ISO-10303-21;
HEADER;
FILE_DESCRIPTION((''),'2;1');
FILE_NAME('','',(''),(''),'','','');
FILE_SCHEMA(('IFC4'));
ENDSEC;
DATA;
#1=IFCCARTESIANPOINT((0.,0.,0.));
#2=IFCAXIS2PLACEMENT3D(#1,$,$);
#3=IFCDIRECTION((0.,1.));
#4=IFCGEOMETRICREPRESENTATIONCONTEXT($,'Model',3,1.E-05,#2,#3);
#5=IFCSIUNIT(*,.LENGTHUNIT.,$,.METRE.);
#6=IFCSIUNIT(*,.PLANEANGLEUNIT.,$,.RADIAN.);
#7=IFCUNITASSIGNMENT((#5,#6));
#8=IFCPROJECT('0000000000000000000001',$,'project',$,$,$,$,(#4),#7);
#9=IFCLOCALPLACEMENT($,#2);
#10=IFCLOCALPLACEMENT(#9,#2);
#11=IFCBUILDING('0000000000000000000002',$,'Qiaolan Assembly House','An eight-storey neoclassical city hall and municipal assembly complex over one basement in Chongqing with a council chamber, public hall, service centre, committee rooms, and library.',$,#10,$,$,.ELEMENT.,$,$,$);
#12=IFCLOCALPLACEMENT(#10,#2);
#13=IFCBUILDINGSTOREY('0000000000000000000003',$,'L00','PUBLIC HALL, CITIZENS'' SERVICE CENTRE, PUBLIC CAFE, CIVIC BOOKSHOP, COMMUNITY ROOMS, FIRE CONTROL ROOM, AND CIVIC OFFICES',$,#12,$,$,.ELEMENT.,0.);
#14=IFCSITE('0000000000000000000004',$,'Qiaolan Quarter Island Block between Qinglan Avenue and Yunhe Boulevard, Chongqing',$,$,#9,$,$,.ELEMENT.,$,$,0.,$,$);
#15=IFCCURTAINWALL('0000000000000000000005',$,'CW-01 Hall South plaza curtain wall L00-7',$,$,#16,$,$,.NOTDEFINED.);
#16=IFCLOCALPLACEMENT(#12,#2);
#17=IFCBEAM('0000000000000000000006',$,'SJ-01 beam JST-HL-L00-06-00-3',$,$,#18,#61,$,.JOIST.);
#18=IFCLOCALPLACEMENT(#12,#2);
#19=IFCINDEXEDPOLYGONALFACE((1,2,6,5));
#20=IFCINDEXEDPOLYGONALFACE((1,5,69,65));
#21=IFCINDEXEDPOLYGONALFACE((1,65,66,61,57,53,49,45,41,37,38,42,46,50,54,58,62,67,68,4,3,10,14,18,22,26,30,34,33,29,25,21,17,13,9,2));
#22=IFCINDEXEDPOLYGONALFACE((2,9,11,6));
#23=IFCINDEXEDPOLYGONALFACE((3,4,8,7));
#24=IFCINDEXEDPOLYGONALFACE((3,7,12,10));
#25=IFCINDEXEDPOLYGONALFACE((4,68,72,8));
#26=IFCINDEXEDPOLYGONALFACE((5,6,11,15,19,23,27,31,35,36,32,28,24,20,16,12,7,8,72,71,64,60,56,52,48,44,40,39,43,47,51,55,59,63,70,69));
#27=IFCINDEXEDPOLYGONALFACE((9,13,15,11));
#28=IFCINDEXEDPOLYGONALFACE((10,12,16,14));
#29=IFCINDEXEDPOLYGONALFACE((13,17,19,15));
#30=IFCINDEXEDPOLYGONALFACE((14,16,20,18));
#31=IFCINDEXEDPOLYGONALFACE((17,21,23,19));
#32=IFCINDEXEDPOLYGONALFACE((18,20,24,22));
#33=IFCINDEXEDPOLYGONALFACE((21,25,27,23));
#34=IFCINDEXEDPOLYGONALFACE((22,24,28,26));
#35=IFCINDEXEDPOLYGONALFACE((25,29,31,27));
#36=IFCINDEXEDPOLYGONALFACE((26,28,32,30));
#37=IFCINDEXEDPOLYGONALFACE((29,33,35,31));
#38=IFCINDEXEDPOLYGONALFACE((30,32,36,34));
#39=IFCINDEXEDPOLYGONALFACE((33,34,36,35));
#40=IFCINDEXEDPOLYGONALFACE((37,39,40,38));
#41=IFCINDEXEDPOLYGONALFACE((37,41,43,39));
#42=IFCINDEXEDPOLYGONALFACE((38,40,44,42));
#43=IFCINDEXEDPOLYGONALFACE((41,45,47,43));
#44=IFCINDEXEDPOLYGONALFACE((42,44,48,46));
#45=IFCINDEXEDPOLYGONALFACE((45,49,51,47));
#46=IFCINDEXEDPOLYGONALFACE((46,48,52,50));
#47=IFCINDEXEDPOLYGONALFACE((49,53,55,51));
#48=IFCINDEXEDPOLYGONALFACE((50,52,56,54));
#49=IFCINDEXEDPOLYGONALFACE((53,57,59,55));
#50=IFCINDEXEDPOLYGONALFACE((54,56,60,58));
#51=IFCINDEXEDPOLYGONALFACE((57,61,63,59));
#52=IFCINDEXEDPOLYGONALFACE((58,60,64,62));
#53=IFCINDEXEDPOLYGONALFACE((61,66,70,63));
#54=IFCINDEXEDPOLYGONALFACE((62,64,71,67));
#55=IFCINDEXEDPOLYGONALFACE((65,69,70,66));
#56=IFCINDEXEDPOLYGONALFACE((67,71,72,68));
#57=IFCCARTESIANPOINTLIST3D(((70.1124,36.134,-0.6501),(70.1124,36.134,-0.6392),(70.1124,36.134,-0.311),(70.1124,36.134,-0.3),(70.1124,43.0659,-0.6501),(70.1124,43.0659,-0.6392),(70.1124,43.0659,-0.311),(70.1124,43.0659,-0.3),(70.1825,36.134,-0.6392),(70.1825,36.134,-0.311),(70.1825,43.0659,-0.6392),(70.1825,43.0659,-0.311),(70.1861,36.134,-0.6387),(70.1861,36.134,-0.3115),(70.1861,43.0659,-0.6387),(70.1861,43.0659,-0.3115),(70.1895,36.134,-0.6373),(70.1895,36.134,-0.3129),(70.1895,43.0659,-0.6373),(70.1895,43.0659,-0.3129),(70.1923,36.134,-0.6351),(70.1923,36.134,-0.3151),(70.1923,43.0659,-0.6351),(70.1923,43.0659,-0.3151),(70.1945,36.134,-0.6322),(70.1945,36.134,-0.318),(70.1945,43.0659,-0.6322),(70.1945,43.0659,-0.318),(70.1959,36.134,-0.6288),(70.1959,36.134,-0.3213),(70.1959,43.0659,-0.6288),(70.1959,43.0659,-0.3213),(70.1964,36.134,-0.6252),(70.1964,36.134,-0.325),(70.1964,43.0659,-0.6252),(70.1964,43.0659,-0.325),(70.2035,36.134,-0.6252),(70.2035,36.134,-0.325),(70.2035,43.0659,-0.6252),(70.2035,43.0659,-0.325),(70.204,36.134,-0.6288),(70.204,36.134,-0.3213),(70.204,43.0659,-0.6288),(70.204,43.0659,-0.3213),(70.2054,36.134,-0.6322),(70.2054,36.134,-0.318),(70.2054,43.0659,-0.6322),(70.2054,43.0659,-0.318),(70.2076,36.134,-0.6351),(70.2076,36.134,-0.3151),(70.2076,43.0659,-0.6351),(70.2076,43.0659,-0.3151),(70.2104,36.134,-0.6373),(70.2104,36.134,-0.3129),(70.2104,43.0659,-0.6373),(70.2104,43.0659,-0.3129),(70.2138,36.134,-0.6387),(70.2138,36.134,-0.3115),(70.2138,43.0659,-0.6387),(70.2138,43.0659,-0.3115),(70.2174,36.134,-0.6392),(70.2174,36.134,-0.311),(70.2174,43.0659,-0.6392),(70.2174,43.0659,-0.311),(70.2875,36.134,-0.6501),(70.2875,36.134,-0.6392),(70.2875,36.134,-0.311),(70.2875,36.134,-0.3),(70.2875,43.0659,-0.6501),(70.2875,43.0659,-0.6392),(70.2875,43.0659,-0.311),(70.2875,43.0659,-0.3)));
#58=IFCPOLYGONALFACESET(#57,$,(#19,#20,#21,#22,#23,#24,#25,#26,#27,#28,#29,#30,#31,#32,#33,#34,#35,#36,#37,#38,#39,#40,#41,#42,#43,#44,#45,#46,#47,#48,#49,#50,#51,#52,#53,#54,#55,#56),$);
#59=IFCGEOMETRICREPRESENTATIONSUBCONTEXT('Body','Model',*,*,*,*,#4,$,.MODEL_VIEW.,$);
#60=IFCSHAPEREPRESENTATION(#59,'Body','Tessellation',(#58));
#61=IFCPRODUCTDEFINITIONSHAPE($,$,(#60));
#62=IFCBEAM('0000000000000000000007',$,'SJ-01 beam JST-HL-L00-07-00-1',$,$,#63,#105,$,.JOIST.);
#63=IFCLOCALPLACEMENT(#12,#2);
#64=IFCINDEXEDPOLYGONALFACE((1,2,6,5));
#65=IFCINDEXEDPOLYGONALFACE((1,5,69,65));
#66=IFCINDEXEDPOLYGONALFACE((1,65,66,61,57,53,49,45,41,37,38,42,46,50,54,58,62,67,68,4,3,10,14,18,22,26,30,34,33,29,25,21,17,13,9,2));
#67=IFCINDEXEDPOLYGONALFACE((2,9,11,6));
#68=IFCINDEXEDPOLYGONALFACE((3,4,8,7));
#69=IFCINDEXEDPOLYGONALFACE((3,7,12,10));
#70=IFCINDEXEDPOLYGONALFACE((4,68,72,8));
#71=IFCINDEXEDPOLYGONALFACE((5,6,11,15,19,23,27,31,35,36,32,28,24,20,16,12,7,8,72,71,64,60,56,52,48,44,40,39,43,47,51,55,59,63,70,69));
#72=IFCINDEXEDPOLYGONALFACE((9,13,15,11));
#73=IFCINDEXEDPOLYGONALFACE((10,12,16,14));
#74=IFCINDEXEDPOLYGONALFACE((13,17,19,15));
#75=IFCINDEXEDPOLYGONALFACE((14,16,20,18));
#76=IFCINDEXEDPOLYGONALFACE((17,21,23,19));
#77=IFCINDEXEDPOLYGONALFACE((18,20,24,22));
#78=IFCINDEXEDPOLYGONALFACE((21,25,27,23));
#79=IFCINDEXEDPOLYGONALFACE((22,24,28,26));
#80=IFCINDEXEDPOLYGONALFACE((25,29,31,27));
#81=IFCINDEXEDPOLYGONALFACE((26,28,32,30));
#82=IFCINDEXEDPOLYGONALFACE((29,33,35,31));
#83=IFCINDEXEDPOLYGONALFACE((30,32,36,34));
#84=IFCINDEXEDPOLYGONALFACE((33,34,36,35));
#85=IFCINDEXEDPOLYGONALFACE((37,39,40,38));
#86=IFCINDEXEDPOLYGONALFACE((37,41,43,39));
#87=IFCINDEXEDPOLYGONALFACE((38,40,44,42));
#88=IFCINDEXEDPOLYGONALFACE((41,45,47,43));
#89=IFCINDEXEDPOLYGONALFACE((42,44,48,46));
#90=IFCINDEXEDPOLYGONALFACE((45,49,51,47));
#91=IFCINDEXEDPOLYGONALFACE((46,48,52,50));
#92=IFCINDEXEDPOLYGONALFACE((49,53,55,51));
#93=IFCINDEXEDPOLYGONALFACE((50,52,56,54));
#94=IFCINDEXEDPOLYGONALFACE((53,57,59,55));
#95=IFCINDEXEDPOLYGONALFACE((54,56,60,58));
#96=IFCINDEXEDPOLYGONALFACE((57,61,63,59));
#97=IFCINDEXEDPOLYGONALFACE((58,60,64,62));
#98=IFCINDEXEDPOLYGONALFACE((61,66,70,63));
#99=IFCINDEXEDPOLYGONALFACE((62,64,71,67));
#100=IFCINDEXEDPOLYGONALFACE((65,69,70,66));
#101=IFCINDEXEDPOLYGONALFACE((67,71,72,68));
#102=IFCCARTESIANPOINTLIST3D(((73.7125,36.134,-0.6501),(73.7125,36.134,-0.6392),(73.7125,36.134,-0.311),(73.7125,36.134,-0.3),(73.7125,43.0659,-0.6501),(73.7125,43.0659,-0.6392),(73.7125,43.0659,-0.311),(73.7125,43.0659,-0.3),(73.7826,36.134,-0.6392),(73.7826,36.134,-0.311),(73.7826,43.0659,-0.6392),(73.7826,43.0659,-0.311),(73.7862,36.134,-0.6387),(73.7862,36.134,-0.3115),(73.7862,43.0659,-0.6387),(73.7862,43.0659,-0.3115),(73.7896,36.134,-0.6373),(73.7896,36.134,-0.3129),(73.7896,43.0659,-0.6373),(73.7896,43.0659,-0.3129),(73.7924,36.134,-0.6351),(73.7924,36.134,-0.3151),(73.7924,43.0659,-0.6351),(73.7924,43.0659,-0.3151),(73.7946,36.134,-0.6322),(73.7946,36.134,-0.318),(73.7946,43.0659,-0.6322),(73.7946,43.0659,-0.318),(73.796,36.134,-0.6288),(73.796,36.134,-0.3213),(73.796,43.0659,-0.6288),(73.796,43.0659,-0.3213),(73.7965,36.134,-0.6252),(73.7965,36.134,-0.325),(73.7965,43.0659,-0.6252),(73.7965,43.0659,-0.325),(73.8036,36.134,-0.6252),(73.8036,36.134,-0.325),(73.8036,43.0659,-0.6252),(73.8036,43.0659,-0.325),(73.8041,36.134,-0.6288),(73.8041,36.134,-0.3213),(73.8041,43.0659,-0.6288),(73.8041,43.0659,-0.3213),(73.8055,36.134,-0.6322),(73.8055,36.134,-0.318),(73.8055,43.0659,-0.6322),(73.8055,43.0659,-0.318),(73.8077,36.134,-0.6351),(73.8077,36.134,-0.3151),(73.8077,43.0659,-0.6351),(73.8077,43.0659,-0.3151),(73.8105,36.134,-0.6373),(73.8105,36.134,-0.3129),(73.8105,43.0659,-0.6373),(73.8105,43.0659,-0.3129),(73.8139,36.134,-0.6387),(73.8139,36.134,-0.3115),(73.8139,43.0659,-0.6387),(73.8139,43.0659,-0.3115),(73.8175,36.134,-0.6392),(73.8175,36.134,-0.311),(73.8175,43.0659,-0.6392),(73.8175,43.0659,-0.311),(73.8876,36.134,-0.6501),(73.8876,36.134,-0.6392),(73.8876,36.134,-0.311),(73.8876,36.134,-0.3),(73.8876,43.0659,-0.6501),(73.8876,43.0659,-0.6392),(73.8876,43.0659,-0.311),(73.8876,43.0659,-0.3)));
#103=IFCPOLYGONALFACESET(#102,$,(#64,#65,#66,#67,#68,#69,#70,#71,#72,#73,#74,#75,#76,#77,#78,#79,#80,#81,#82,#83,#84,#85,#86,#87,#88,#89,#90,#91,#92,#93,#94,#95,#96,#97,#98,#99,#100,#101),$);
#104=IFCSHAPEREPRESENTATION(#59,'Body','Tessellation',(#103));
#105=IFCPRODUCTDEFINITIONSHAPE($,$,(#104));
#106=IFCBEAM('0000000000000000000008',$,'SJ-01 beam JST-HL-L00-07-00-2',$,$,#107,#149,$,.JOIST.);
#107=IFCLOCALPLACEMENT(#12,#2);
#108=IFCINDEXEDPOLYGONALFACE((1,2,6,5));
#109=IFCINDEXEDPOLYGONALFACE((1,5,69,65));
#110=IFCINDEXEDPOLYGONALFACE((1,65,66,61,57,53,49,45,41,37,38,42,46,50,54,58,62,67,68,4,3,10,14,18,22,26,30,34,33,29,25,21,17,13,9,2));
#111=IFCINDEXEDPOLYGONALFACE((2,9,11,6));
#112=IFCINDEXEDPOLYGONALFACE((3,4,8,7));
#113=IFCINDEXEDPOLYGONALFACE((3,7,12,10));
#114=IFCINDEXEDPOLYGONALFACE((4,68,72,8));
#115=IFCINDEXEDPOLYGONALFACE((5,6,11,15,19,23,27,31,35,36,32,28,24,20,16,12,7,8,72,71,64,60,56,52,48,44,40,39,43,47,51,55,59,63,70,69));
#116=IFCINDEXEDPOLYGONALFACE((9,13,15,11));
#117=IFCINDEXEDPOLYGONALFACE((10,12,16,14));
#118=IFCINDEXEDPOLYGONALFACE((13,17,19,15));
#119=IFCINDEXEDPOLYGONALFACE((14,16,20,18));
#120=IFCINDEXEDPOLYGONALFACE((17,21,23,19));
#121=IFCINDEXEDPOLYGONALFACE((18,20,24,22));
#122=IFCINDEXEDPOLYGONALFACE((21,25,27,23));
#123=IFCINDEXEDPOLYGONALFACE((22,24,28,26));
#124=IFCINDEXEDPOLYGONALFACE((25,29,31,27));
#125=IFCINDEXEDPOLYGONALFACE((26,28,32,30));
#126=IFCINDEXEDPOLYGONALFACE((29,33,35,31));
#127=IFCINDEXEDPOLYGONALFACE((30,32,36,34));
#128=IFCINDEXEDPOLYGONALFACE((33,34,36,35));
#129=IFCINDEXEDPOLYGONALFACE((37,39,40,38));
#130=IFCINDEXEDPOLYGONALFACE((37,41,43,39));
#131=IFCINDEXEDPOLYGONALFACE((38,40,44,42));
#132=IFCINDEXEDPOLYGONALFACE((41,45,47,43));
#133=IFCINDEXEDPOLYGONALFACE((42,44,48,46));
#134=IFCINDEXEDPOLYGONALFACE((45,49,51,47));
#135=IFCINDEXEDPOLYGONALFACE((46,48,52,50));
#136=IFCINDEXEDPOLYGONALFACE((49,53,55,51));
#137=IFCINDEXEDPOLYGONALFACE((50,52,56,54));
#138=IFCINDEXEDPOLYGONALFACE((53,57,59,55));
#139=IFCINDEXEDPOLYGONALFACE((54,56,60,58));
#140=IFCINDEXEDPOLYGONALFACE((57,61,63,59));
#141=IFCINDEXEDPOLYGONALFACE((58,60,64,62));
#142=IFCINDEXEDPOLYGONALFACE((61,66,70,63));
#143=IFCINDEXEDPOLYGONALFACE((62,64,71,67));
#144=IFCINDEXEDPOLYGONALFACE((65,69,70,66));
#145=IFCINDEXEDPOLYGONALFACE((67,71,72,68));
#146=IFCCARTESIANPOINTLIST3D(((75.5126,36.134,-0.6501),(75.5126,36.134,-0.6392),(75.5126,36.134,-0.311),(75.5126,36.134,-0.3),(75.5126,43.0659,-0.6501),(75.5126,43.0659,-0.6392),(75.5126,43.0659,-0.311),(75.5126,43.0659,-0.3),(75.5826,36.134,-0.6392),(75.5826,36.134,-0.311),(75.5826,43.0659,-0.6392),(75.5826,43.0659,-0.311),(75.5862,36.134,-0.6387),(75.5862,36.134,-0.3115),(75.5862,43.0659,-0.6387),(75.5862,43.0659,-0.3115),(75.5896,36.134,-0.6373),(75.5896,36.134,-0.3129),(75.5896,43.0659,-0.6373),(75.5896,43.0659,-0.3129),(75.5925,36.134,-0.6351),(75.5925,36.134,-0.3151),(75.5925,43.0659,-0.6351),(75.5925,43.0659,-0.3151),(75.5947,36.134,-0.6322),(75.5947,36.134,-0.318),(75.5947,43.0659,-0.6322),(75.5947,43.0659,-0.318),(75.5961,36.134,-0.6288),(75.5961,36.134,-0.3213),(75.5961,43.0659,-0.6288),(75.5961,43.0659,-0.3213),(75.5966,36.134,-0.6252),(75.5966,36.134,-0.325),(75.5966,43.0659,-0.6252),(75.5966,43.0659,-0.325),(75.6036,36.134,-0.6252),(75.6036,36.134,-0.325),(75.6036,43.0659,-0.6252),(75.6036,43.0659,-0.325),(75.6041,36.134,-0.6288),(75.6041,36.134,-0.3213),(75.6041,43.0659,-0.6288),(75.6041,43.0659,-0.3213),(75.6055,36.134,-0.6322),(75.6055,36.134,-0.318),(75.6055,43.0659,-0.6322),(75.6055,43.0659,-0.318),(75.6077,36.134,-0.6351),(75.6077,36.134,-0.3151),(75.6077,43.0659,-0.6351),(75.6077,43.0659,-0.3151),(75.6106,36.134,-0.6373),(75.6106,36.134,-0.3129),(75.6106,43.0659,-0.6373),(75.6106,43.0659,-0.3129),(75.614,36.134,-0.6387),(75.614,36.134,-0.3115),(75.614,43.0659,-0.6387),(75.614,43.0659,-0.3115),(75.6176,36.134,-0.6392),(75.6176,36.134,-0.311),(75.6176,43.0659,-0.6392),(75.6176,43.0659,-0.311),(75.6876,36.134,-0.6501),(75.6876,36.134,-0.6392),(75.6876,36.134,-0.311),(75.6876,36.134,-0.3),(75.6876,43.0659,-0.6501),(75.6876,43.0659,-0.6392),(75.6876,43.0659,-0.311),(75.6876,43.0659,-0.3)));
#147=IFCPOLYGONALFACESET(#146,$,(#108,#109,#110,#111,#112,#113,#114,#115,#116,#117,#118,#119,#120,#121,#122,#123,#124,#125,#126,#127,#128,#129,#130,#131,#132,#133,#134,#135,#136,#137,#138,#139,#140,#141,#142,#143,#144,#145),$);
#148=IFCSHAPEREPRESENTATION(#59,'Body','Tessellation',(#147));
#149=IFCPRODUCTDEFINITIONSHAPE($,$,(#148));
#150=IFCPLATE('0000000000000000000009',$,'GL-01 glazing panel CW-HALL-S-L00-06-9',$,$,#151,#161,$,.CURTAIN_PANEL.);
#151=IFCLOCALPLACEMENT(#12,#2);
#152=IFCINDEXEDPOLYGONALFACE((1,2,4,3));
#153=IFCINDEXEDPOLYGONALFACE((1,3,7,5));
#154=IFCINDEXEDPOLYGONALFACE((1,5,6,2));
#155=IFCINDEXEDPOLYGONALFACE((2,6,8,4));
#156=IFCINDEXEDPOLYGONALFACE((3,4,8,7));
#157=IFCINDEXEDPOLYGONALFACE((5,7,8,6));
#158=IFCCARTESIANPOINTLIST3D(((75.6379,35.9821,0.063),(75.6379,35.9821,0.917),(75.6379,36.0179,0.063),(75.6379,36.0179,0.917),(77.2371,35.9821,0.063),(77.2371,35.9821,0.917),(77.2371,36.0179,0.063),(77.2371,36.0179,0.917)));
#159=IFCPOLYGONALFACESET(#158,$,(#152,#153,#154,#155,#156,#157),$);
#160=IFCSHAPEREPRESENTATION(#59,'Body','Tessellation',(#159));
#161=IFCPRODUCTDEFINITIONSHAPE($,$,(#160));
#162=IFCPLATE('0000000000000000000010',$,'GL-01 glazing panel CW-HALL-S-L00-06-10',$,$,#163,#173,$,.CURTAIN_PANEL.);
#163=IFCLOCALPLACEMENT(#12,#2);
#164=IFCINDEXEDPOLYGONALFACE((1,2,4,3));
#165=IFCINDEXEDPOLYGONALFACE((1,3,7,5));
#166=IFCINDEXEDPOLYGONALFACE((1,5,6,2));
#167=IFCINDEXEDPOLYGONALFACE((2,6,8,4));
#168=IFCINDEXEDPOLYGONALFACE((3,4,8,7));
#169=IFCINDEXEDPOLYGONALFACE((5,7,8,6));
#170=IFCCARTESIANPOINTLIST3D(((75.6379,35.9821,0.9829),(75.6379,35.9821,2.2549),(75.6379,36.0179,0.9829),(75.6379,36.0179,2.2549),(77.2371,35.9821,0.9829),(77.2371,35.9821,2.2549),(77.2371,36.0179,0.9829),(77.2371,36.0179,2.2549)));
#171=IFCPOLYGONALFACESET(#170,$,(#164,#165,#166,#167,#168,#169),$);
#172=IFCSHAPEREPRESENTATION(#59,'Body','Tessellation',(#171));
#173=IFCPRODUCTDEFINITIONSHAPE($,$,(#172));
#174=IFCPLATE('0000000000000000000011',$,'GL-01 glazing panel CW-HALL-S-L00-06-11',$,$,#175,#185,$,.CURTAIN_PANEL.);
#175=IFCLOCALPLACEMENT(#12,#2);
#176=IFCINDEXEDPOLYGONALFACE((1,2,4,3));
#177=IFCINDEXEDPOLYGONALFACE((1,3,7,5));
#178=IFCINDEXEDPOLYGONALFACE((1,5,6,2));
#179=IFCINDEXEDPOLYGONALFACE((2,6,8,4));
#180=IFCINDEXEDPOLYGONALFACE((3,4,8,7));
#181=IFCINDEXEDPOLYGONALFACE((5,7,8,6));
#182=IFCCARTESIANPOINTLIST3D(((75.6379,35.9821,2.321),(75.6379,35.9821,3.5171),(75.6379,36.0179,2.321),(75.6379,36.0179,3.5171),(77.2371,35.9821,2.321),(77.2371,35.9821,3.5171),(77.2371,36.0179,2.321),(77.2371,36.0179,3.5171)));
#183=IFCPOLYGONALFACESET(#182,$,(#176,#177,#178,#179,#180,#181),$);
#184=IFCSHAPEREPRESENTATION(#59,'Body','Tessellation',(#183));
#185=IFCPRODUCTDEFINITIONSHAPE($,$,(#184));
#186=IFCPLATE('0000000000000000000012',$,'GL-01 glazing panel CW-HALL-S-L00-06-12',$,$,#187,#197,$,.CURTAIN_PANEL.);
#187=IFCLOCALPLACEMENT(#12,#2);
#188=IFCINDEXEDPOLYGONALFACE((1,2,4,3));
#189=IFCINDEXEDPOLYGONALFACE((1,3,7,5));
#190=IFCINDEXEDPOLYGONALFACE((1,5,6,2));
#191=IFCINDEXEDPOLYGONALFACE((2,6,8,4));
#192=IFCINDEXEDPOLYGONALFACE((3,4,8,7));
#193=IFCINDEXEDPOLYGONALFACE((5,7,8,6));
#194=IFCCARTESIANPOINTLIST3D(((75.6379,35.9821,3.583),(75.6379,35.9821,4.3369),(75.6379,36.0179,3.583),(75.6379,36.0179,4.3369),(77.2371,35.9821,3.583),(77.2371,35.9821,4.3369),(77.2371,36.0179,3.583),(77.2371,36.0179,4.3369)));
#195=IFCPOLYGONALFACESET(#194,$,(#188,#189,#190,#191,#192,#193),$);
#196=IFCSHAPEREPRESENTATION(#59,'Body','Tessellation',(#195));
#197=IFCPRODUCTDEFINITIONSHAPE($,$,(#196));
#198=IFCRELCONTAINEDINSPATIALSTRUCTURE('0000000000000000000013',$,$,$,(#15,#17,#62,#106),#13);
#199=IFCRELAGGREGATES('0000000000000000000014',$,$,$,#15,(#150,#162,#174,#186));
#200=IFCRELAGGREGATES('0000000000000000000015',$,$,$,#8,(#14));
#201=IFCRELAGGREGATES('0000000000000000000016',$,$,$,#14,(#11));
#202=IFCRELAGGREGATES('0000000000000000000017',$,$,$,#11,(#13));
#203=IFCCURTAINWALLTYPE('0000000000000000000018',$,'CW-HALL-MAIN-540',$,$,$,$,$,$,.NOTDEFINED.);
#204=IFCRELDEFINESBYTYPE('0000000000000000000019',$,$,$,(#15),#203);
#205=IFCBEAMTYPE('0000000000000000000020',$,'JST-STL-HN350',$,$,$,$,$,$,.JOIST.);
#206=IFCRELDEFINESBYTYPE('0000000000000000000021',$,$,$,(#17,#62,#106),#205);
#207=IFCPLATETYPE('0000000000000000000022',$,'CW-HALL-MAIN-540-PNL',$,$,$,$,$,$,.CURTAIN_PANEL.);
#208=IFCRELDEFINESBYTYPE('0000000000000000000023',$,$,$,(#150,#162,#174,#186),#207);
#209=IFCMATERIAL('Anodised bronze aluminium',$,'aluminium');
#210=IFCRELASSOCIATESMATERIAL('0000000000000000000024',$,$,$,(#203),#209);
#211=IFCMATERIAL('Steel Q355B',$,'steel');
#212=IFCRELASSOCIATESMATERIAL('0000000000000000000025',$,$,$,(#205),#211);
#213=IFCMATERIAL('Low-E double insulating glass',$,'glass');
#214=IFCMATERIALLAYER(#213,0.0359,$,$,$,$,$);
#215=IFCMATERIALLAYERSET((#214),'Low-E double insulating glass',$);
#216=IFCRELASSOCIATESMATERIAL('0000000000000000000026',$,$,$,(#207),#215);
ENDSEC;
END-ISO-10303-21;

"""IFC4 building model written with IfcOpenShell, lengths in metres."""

from ifc_helpers import new_model, si_unit, direction, frame, frame_2d, origin, origin_2d, place, context, subcontext, project, spatial, rectangle, i_section, extrude, material, layer, layer_set, material_profile, profile_set, type_object, element, aggregate, save


model = new_model("IFC4")

# Units and contexts
model_context = context("Model", 3, precision=1e-05, world=origin(), true_north=direction((0.0, 1.0)))
body_context = subcontext(model_context, "Body", "Model", "MODEL_VIEW")
ifc_project = project(units=[si_unit("LENGTHUNIT", "METRE"), si_unit("PLANEANGLEUNIT", "RADIAN")], contexts=[model_context])

# Site, building, storey
site_placement = place(None, origin())
site = spatial("IfcSite", under=ifc_project, at=site_placement, Name="Qiaolan Quarter Island Block between Qinglan Avenue and Yunhe Boulevard, Chongqing", CompositionType="ELEMENT", RefElevation=0.0)
building_placement = place(site_placement, origin())
building = spatial("IfcBuilding", under=site, at=building_placement, Name="Qiaolan Assembly House", Description="An eight-storey neoclassical city hall and municipal assembly complex over one basement in Chongqing with a council chamber, public hall, service centre, committee rooms, and library.", CompositionType="ELEMENT")
storey_placement = place(building_placement, origin())
storey = spatial("IfcBuildingStorey", under=building, at=storey_placement, Name="L00", Description="PUBLIC HALL, CITIZENS' SERVICE CENTRE, PUBLIC CAFE, CIVIC BOOKSHOP, COMMUNITY ROOMS, FIRE CONTROL ROOM, AND CIVIC OFFICES", CompositionType="ELEMENT", Elevation=0.0)

# Shared definitions
ifc_material_1 = material(Name="Steel Q355B", Category="steel")

# Curtain wall
ifc_material_2 = material(Name="Anodised bronze aluminium", Category="aluminium")
curtain_wall_type = type_object("IfcCurtainWallType", Name="CW-HALL-MAIN-540", PredefinedType="NOTDEFINED", material=ifc_material_2)
curtain_wall_placement = place(storey_placement, origin())
curtain_wall = element("IfcCurtainWall", 1, at=curtain_wall_placement, inside=storey, type_object=curtain_wall_type, Name="CW-01 Hall South plaza curtain wall L00-7", PredefinedType="NOTDEFINED")

# Beams
ifc_material_profile_1 = material_profile(ifc_material_1, i_section(OverallWidth=0.175, OverallDepth=0.3501, WebThickness=0.0071, FlangeThickness=0.011, FilletRadius=0.0139, at=origin_2d()), Name="HN 350x175x7x11")
ifc_profile_set_1 = profile_set([ifc_material_profile_1], Name="Steel Q355B")
beam_type_1 = type_object("IfcBeamType", Name="JST-STL-HN350", PredefinedType="JOIST", material=ifc_profile_set_1)
for number, where, z_axis, x_axis, name in (
    (2, (70.2, 36.134, -0.4751), (0.0, 1.0, 0.0), (-1.0, 0.0, 0.0), "SJ-01 beam JST-HL-L00-06-00-3"),
    (3, (73.8, 36.134, -0.4751), (0.0, 1.0, 0.0), (-1.0, 0.0, 0.0), "SJ-01 beam JST-HL-L00-07-00-1"),
    (4, (75.6001, 36.134, -0.4751), (0.0, 1.0, 0.0), (-1.0, 0.0, 0.0), "SJ-01 beam JST-HL-L00-07-00-2"),
):
    element("IfcBeam", number, at=place(storey_placement, frame(where, z_axis=z_axis, x_axis=x_axis)), inside=storey, type_object=beam_type_1, Name=name, PredefinedType="JOIST", context=body_context, shape_type="SweptSolid", body=[
        extrude(i_section(OverallWidth=0.175, OverallDepth=0.3501, WebThickness=0.0071, FlangeThickness=0.011, FilletRadius=0.0139, at=origin_2d()), origin(), (0.0, 0.0, 1.0), 6.9319),
    ])

# Plates
ifc_material_3 = material(Name="Low-E double insulating glass", Category="glass")
ifc_layer_1 = layer(ifc_material_3, 0.0359)
ifc_layer_set_1 = layer_set([ifc_layer_1], Name="Low-E double insulating glass")
plate_type_1 = type_object("IfcPlateType", Name="CW-HALL-MAIN-540-PNL", PredefinedType="CURTAIN_PANEL", material=ifc_layer_set_1)
plate_1_placement = place(storey_placement, frame((75.6379, 36.0, 0.063), z_axis=(0.0, 0.0, 1.0), x_axis=(1.0, 0.0, 0.0)))
plate_1 = element("IfcPlate", 5, at=plate_1_placement, type_object=plate_type_1, Name="GL-01 glazing panel CW-HALL-S-L00-06-9", PredefinedType="CURTAIN_PANEL", context=body_context, shape_type="SweptSolid", body=[
    extrude(rectangle(XDim=1.5991, YDim=0.0359, at=frame_2d((0.7996, 0.0))), origin(), (0.0, 0.0, 1.0), 0.854),
])
plate_2_placement = place(storey_placement, frame((75.6379, 36.0, 0.9829), z_axis=(0.0, 0.0, 1.0), x_axis=(1.0, 0.0, 0.0)))
plate_2 = element("IfcPlate", 6, at=plate_2_placement, type_object=plate_type_1, Name="GL-01 glazing panel CW-HALL-S-L00-06-10", PredefinedType="CURTAIN_PANEL", context=body_context, shape_type="SweptSolid", body=[
    extrude(rectangle(XDim=1.5991, YDim=0.0359, at=frame_2d((0.7996, 0.0))), origin(), (0.0, 0.0, 1.0), 1.272),
])
plate_3_placement = place(storey_placement, frame((75.6379, 36.0, 2.321), z_axis=(0.0, 0.0, 1.0), x_axis=(1.0, 0.0, 0.0)))
plate_3 = element("IfcPlate", 7, at=plate_3_placement, type_object=plate_type_1, Name="GL-01 glazing panel CW-HALL-S-L00-06-11", PredefinedType="CURTAIN_PANEL", context=body_context, shape_type="SweptSolid", body=[
    extrude(rectangle(XDim=1.5991, YDim=0.0359, at=frame_2d((0.7996, 0.0))), origin(), (0.0, 0.0, 1.0), 1.196),
])
plate_4_placement = place(storey_placement, frame((75.6379, 36.0, 3.583), z_axis=(0.0, 0.0, 1.0), x_axis=(1.0, 0.0, 0.0)))
plate_4 = element("IfcPlate", 8, at=plate_4_placement, type_object=plate_type_1, Name="GL-01 glazing panel CW-HALL-S-L00-06-12", PredefinedType="CURTAIN_PANEL", context=body_context, shape_type="SweptSolid", body=[
    extrude(rectangle(XDim=1.5991, YDim=0.0359, at=frame_2d((0.7996, 0.0))), origin(), (0.0, 0.0, 1.0), 0.7539),
])
aggregate(curtain_wall, [plate_1, plate_2, plate_3, plate_4])

save(model, "model.ifc")
